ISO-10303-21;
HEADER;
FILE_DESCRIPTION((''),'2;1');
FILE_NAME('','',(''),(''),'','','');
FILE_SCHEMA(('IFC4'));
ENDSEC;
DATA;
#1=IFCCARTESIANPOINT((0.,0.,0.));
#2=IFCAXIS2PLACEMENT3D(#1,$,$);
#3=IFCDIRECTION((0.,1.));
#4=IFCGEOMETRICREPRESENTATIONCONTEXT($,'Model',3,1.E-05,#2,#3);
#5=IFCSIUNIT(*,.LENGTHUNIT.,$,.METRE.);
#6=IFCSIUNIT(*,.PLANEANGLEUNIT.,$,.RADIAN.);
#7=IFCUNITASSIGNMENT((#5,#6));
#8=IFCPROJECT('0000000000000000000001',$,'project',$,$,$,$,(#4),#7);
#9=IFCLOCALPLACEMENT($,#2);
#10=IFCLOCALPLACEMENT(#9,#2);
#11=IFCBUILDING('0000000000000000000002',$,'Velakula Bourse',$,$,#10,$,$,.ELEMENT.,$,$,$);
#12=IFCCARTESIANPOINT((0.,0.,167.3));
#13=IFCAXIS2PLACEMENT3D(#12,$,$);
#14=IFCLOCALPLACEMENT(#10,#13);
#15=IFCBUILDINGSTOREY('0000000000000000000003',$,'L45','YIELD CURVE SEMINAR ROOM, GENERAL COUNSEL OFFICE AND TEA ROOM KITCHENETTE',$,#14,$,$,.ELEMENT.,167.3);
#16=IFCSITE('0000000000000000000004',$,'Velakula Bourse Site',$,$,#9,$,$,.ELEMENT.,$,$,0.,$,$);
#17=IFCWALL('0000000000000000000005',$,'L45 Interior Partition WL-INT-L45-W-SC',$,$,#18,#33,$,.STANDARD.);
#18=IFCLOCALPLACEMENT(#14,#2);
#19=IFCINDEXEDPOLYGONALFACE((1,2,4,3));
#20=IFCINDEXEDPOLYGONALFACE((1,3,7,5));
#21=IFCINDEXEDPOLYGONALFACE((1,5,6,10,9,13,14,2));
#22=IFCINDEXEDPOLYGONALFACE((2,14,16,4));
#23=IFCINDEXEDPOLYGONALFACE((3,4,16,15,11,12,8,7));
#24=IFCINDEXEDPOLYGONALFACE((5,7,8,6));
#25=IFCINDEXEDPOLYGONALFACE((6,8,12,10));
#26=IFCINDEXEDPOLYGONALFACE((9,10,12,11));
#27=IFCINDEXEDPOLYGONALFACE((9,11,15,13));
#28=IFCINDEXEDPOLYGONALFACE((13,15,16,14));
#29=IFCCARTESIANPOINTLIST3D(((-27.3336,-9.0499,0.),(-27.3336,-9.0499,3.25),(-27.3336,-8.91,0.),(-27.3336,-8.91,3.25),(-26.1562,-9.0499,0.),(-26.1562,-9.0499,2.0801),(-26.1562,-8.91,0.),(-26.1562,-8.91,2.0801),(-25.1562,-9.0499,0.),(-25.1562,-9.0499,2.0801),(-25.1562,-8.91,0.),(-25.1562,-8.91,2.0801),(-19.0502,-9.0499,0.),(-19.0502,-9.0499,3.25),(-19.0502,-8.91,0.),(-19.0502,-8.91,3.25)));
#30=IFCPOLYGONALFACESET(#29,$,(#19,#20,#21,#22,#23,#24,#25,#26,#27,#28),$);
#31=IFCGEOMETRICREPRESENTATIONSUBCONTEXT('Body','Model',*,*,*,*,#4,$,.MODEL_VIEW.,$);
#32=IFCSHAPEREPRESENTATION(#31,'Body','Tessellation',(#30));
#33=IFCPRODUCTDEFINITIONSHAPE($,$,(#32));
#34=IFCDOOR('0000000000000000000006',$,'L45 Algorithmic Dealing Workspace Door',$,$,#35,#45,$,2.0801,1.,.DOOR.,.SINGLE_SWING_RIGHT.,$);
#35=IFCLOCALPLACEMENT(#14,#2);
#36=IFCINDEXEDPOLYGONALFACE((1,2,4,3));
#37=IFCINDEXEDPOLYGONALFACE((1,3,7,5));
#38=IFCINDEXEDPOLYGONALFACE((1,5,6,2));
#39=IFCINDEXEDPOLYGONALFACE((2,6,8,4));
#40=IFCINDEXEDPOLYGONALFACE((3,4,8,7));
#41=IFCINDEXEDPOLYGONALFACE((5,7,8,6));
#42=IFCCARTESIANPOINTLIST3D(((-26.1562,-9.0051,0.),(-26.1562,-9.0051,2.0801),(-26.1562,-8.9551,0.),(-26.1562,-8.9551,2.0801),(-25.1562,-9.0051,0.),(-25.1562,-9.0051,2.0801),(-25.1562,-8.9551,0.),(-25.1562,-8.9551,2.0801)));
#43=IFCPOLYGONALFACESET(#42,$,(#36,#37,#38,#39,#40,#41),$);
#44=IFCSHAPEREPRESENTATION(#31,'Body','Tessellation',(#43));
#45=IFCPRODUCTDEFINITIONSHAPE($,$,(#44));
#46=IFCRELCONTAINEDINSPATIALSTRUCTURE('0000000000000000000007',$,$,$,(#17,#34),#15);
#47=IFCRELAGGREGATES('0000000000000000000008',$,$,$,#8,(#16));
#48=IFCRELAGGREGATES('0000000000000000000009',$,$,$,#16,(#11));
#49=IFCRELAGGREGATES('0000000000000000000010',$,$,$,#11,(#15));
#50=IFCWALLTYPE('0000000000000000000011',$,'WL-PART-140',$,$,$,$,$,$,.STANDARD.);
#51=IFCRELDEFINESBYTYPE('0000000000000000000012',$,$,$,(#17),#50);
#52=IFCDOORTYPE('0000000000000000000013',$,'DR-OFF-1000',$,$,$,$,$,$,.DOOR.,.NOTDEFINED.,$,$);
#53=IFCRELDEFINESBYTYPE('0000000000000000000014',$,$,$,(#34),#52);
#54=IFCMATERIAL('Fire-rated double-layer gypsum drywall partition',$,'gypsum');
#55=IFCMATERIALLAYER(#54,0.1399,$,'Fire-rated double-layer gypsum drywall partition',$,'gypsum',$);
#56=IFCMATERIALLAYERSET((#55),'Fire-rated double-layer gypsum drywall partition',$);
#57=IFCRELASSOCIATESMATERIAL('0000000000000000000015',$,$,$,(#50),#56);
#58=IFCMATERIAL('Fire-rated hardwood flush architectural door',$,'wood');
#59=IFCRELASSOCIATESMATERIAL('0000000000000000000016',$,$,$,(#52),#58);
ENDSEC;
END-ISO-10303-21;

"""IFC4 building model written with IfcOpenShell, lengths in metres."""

from ifc_helpers import new_model, si_unit, direction, frame, frame_2d, origin, place, context, subcontext, project, spatial, rectangle, extrude, material, layer, layer_set, type_object, element, fill, save


model = new_model("IFC4")

# Units and contexts
model_context = context("Model", 3, precision=1e-05, world=origin(), true_north=direction((0.0, 1.0)))
body_context = subcontext(model_context, "Body", "Model", "MODEL_VIEW")
ifc_project = project(units=[si_unit("LENGTHUNIT", "METRE"), si_unit("PLANEANGLEUNIT", "RADIAN")], contexts=[model_context])

# Site, building, storey
site_placement = place(None, origin())
site = spatial("IfcSite", under=ifc_project, at=site_placement, Name="Velakula Bourse Site", CompositionType="ELEMENT", RefElevation=0.0)
building_placement = place(site_placement, origin())
building = spatial("IfcBuilding", under=site, at=building_placement, Name="Velakula Bourse", CompositionType="ELEMENT")
storey_placement = place(building_placement, frame((0.0, 0.0, 167.3)))
storey = spatial("IfcBuildingStorey", under=building, at=storey_placement, Name="L45", Description="YIELD CURVE SEMINAR ROOM, GENERAL COUNSEL OFFICE AND TEA ROOM KITCHENETTE", CompositionType="ELEMENT", Elevation=167.3)

# Shared definitions
ifc_material_1 = material(Name="Fire-rated double-layer gypsum drywall partition", Category="gypsum")
ifc_layer_1 = layer(ifc_material_1, 0.1399, Name="Fire-rated double-layer gypsum drywall partition", Category="gypsum")
ifc_layer_set_1 = layer_set([ifc_layer_1], Name="Fire-rated double-layer gypsum drywall partition")
wall_type_1 = type_object("IfcWallType", Name="WL-PART-140", PredefinedType="STANDARD", material=ifc_layer_set_1)
ifc_material_2 = material(Name="Fire-rated hardwood flush architectural door", Category="wood")
door_type_1 = type_object("IfcDoorType", Name="DR-OFF-1000", OperationType="NOTDEFINED", PredefinedType="DOOR", material=ifc_material_2)

# Wall, opening, door
wall_1_placement = place(storey_placement, frame((-27.3335, -8.98, 0.0), z_axis=(0.0, 0.0, 1.0), x_axis=(1.0, 0.0, 0.0)))
wall_1 = element("IfcWall", 1, at=wall_1_placement, inside=storey, type_object=wall_type_1, Name="L45 Interior Partition WL-INT-L45-W-SC", PredefinedType="STANDARD", context=body_context, shape_type="SweptSolid", body=[
    extrude(rectangle(XDim=8.2834, YDim=0.1399, at=frame_2d((4.1416, 0.0))), origin(), (0.0, 0.0, 1.0), 3.25),
])
opening_1_placement = place(wall_1_placement, frame((1.1772, 0.0, 0.0)))
opening_1 = element("IfcOpeningElement", 2, at=opening_1_placement, cuts=wall_1, PredefinedType="OPENING", context=body_context, shape_type="SweptSolid", body=[
    extrude(rectangle(XDim=1.0, YDim=2.0801, at=frame_2d((0.5, 1.04))), frame((0.0, 0.0798, 0.0), z_axis=(0.0, -1.0, 0.0), x_axis=(1.0, 0.0, 0.0)), (0.0, 0.0, 1.0), 0.1599),
])
door_1_placement = place(opening_1_placement, origin())
door_1 = element("IfcDoor", 3, at=door_1_placement, inside=storey, type_object=door_type_1, Name="L45 Algorithmic Dealing Workspace Door", OperationType="SINGLE_SWING_RIGHT", OverallHeight=2.0801, OverallWidth=1.0, PredefinedType="DOOR", context=body_context, shape_type="SweptSolid", body=[
    extrude(rectangle(XDim=1.0, YDim=2.0801, at=frame_2d((0.5, 1.04))), frame((0.0, 0.0249, 0.0), z_axis=(0.0, -1.0, 0.0), x_axis=(1.0, 0.0, 0.0)), (0.0, 0.0, 1.0), 0.05),
])
fill(opening_1, door_1)

save(model, "model.ifc")
